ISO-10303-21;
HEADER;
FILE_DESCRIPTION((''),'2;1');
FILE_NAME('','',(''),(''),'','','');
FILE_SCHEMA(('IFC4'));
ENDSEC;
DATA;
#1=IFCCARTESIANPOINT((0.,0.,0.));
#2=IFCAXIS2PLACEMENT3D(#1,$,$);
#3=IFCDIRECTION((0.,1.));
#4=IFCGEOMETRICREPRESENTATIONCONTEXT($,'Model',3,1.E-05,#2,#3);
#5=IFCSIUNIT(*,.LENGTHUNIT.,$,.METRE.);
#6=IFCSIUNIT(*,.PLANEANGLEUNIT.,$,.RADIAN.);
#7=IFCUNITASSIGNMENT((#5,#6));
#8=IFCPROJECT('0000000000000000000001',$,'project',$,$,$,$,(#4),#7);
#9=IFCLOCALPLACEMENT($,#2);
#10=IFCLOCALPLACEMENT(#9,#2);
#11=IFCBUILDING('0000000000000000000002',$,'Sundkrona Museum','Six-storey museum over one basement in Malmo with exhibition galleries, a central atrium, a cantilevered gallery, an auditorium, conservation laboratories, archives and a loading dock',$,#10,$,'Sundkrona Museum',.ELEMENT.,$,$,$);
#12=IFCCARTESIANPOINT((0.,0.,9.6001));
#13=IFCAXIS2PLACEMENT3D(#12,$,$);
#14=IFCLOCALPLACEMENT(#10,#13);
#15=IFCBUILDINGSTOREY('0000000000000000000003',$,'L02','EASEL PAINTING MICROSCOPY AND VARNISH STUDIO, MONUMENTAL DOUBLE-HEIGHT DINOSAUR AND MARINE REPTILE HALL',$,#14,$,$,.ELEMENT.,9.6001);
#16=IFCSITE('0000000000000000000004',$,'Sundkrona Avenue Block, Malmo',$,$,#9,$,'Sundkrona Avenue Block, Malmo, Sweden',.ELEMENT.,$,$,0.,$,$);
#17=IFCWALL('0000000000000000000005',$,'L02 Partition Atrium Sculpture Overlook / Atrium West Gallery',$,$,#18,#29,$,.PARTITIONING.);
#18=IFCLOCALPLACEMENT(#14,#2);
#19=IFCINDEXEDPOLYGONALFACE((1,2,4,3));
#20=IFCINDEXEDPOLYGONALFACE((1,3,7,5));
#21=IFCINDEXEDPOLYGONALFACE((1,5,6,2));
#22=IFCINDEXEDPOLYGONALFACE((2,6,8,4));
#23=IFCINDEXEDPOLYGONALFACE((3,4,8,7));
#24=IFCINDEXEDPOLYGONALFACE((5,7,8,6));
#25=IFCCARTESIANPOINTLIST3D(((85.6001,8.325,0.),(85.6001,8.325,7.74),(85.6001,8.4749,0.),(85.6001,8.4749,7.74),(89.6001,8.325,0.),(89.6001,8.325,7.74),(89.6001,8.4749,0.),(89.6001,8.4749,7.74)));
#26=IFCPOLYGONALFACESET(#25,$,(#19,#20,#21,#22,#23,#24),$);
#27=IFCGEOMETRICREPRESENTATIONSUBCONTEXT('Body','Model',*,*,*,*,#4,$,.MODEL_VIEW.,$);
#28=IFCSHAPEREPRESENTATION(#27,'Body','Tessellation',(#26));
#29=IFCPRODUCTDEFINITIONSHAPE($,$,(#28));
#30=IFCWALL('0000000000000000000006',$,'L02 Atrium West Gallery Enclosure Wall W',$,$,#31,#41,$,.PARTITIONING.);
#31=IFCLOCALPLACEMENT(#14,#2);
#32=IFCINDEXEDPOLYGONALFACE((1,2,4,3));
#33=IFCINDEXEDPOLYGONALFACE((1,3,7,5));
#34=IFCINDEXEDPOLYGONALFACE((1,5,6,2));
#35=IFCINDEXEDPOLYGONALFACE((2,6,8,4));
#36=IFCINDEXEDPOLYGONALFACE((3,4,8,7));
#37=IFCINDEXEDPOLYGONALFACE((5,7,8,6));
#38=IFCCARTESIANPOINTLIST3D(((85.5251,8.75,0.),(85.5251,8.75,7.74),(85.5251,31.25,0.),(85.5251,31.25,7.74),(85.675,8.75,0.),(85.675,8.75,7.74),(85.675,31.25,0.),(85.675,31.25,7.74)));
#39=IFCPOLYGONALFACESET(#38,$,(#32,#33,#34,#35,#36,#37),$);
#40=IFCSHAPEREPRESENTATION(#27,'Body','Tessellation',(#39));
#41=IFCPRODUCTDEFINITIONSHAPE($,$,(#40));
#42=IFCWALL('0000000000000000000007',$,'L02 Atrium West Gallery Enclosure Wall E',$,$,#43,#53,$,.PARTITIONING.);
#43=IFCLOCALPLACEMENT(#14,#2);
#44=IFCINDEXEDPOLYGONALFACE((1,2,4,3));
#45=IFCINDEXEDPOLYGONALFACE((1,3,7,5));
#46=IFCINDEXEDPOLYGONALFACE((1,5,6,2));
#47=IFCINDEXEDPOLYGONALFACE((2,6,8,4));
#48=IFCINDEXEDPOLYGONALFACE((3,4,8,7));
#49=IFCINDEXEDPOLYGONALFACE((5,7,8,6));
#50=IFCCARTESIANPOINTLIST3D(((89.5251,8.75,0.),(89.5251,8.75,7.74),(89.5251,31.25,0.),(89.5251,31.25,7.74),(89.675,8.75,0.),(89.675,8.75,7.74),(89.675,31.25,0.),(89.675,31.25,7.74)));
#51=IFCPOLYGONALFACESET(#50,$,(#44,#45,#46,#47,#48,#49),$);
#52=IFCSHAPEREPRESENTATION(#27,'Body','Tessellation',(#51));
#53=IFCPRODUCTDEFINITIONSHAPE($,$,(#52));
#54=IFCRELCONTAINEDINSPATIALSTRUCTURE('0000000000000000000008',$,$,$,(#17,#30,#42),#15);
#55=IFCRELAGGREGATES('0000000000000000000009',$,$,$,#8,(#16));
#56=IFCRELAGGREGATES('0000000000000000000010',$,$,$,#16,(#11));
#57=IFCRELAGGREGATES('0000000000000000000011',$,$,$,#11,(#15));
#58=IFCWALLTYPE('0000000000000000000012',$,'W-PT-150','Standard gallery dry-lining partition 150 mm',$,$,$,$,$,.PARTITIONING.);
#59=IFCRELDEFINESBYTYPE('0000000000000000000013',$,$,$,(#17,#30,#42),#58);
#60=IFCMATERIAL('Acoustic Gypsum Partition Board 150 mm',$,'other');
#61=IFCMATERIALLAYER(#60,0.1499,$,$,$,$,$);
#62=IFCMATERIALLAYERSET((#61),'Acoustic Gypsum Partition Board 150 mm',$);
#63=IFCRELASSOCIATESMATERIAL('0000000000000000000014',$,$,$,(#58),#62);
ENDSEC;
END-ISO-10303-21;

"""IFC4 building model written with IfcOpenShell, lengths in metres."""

from ifc_helpers import new_model, si_unit, direction, frame, frame_2d, origin, place, context, subcontext, project, spatial, rectangle, extrude, material, layer, layer_set, type_object, element, save


model = new_model("IFC4")

# Units and contexts
model_context = context("Model", 3, precision=1e-05, world=origin(), true_north=direction((0.0, 1.0)))
body_context = subcontext(model_context, "Body", "Model", "MODEL_VIEW")
ifc_project = project(units=[si_unit("LENGTHUNIT", "METRE"), si_unit("PLANEANGLEUNIT", "RADIAN")], contexts=[model_context])

# Site, building, storey
site_placement = place(None, origin())
site = spatial("IfcSite", under=ifc_project, at=site_placement, Name="Sundkrona Avenue Block, Malmo", LongName="Sundkrona Avenue Block, Malmo, Sweden", CompositionType="ELEMENT", RefElevation=0.0)
building_placement = place(site_placement, origin())
building = spatial("IfcBuilding", under=site, at=building_placement, Name="Sundkrona Museum", Description="Six-storey museum over one basement in Malmo with exhibition galleries, a central atrium, a cantilevered gallery, an auditorium, conservation laboratories, archives and a loading dock", LongName="Sundkrona Museum", CompositionType="ELEMENT")
storey_placement = place(building_placement, frame((0.0, 0.0, 9.6001)))
storey = spatial("IfcBuildingStorey", under=building, at=storey_placement, Name="L02", Description="EASEL PAINTING MICROSCOPY AND VARNISH STUDIO, MONUMENTAL DOUBLE-HEIGHT DINOSAUR AND MARINE REPTILE HALL", CompositionType="ELEMENT", Elevation=9.6001)

# Walls
ifc_material_1 = material(Name="Acoustic Gypsum Partition Board 150 mm", Category="other")
ifc_layer_1 = layer(ifc_material_1, 0.1499)
ifc_layer_set_1 = layer_set([ifc_layer_1], Name="Acoustic Gypsum Partition Board 150 mm")
wall_type = type_object("IfcWallType", Name="W-PT-150", Description="Standard gallery dry-lining partition 150 mm", PredefinedType="PARTITIONING", material=ifc_layer_set_1)
wall_placement = place(storey_placement, frame((85.6001, 8.3999, 0.0), z_axis=(0.0, 0.0, 1.0), x_axis=(1.0, 0.0, 0.0)))
element("IfcWall", 1, at=wall_placement, inside=storey, type_object=wall_type, Name="L02 Partition Atrium Sculpture Overlook / Atrium West Gallery", PredefinedType="PARTITIONING", context=body_context, shape_type="SweptSolid", body=[
    extrude(rectangle(XDim=4.0, YDim=0.1499, at=frame_2d((2.0, 0.0))), origin(), (0.0, 0.0, 1.0), 7.74),
])
for number, where, z_axis, x_axis, name in (
    (2, (85.6001, 8.75, 0.0), (0.0, 0.0, 1.0), (0.0, 1.0, 0.0), "L02 Atrium West Gallery Enclosure Wall W"),
    (3, (89.6001, 8.75, 0.0), (0.0, 0.0, 1.0), (0.0, 1.0, 0.0), "L02 Atrium West Gallery Enclosure Wall E"),
):
    element("IfcWall", number, at=place(storey_placement, frame(where, z_axis=z_axis, x_axis=x_axis)), inside=storey, type_object=wall_type, Name=name, PredefinedType="PARTITIONING", context=body_context, shape_type="SweptSolid", body=[
        extrude(rectangle(XDim=22.5, YDim=0.1499, at=frame_2d((11.25, 0.0))), origin(), (0.0, 0.0, 1.0), 7.74),
    ])

save(model, "model.ifc")
